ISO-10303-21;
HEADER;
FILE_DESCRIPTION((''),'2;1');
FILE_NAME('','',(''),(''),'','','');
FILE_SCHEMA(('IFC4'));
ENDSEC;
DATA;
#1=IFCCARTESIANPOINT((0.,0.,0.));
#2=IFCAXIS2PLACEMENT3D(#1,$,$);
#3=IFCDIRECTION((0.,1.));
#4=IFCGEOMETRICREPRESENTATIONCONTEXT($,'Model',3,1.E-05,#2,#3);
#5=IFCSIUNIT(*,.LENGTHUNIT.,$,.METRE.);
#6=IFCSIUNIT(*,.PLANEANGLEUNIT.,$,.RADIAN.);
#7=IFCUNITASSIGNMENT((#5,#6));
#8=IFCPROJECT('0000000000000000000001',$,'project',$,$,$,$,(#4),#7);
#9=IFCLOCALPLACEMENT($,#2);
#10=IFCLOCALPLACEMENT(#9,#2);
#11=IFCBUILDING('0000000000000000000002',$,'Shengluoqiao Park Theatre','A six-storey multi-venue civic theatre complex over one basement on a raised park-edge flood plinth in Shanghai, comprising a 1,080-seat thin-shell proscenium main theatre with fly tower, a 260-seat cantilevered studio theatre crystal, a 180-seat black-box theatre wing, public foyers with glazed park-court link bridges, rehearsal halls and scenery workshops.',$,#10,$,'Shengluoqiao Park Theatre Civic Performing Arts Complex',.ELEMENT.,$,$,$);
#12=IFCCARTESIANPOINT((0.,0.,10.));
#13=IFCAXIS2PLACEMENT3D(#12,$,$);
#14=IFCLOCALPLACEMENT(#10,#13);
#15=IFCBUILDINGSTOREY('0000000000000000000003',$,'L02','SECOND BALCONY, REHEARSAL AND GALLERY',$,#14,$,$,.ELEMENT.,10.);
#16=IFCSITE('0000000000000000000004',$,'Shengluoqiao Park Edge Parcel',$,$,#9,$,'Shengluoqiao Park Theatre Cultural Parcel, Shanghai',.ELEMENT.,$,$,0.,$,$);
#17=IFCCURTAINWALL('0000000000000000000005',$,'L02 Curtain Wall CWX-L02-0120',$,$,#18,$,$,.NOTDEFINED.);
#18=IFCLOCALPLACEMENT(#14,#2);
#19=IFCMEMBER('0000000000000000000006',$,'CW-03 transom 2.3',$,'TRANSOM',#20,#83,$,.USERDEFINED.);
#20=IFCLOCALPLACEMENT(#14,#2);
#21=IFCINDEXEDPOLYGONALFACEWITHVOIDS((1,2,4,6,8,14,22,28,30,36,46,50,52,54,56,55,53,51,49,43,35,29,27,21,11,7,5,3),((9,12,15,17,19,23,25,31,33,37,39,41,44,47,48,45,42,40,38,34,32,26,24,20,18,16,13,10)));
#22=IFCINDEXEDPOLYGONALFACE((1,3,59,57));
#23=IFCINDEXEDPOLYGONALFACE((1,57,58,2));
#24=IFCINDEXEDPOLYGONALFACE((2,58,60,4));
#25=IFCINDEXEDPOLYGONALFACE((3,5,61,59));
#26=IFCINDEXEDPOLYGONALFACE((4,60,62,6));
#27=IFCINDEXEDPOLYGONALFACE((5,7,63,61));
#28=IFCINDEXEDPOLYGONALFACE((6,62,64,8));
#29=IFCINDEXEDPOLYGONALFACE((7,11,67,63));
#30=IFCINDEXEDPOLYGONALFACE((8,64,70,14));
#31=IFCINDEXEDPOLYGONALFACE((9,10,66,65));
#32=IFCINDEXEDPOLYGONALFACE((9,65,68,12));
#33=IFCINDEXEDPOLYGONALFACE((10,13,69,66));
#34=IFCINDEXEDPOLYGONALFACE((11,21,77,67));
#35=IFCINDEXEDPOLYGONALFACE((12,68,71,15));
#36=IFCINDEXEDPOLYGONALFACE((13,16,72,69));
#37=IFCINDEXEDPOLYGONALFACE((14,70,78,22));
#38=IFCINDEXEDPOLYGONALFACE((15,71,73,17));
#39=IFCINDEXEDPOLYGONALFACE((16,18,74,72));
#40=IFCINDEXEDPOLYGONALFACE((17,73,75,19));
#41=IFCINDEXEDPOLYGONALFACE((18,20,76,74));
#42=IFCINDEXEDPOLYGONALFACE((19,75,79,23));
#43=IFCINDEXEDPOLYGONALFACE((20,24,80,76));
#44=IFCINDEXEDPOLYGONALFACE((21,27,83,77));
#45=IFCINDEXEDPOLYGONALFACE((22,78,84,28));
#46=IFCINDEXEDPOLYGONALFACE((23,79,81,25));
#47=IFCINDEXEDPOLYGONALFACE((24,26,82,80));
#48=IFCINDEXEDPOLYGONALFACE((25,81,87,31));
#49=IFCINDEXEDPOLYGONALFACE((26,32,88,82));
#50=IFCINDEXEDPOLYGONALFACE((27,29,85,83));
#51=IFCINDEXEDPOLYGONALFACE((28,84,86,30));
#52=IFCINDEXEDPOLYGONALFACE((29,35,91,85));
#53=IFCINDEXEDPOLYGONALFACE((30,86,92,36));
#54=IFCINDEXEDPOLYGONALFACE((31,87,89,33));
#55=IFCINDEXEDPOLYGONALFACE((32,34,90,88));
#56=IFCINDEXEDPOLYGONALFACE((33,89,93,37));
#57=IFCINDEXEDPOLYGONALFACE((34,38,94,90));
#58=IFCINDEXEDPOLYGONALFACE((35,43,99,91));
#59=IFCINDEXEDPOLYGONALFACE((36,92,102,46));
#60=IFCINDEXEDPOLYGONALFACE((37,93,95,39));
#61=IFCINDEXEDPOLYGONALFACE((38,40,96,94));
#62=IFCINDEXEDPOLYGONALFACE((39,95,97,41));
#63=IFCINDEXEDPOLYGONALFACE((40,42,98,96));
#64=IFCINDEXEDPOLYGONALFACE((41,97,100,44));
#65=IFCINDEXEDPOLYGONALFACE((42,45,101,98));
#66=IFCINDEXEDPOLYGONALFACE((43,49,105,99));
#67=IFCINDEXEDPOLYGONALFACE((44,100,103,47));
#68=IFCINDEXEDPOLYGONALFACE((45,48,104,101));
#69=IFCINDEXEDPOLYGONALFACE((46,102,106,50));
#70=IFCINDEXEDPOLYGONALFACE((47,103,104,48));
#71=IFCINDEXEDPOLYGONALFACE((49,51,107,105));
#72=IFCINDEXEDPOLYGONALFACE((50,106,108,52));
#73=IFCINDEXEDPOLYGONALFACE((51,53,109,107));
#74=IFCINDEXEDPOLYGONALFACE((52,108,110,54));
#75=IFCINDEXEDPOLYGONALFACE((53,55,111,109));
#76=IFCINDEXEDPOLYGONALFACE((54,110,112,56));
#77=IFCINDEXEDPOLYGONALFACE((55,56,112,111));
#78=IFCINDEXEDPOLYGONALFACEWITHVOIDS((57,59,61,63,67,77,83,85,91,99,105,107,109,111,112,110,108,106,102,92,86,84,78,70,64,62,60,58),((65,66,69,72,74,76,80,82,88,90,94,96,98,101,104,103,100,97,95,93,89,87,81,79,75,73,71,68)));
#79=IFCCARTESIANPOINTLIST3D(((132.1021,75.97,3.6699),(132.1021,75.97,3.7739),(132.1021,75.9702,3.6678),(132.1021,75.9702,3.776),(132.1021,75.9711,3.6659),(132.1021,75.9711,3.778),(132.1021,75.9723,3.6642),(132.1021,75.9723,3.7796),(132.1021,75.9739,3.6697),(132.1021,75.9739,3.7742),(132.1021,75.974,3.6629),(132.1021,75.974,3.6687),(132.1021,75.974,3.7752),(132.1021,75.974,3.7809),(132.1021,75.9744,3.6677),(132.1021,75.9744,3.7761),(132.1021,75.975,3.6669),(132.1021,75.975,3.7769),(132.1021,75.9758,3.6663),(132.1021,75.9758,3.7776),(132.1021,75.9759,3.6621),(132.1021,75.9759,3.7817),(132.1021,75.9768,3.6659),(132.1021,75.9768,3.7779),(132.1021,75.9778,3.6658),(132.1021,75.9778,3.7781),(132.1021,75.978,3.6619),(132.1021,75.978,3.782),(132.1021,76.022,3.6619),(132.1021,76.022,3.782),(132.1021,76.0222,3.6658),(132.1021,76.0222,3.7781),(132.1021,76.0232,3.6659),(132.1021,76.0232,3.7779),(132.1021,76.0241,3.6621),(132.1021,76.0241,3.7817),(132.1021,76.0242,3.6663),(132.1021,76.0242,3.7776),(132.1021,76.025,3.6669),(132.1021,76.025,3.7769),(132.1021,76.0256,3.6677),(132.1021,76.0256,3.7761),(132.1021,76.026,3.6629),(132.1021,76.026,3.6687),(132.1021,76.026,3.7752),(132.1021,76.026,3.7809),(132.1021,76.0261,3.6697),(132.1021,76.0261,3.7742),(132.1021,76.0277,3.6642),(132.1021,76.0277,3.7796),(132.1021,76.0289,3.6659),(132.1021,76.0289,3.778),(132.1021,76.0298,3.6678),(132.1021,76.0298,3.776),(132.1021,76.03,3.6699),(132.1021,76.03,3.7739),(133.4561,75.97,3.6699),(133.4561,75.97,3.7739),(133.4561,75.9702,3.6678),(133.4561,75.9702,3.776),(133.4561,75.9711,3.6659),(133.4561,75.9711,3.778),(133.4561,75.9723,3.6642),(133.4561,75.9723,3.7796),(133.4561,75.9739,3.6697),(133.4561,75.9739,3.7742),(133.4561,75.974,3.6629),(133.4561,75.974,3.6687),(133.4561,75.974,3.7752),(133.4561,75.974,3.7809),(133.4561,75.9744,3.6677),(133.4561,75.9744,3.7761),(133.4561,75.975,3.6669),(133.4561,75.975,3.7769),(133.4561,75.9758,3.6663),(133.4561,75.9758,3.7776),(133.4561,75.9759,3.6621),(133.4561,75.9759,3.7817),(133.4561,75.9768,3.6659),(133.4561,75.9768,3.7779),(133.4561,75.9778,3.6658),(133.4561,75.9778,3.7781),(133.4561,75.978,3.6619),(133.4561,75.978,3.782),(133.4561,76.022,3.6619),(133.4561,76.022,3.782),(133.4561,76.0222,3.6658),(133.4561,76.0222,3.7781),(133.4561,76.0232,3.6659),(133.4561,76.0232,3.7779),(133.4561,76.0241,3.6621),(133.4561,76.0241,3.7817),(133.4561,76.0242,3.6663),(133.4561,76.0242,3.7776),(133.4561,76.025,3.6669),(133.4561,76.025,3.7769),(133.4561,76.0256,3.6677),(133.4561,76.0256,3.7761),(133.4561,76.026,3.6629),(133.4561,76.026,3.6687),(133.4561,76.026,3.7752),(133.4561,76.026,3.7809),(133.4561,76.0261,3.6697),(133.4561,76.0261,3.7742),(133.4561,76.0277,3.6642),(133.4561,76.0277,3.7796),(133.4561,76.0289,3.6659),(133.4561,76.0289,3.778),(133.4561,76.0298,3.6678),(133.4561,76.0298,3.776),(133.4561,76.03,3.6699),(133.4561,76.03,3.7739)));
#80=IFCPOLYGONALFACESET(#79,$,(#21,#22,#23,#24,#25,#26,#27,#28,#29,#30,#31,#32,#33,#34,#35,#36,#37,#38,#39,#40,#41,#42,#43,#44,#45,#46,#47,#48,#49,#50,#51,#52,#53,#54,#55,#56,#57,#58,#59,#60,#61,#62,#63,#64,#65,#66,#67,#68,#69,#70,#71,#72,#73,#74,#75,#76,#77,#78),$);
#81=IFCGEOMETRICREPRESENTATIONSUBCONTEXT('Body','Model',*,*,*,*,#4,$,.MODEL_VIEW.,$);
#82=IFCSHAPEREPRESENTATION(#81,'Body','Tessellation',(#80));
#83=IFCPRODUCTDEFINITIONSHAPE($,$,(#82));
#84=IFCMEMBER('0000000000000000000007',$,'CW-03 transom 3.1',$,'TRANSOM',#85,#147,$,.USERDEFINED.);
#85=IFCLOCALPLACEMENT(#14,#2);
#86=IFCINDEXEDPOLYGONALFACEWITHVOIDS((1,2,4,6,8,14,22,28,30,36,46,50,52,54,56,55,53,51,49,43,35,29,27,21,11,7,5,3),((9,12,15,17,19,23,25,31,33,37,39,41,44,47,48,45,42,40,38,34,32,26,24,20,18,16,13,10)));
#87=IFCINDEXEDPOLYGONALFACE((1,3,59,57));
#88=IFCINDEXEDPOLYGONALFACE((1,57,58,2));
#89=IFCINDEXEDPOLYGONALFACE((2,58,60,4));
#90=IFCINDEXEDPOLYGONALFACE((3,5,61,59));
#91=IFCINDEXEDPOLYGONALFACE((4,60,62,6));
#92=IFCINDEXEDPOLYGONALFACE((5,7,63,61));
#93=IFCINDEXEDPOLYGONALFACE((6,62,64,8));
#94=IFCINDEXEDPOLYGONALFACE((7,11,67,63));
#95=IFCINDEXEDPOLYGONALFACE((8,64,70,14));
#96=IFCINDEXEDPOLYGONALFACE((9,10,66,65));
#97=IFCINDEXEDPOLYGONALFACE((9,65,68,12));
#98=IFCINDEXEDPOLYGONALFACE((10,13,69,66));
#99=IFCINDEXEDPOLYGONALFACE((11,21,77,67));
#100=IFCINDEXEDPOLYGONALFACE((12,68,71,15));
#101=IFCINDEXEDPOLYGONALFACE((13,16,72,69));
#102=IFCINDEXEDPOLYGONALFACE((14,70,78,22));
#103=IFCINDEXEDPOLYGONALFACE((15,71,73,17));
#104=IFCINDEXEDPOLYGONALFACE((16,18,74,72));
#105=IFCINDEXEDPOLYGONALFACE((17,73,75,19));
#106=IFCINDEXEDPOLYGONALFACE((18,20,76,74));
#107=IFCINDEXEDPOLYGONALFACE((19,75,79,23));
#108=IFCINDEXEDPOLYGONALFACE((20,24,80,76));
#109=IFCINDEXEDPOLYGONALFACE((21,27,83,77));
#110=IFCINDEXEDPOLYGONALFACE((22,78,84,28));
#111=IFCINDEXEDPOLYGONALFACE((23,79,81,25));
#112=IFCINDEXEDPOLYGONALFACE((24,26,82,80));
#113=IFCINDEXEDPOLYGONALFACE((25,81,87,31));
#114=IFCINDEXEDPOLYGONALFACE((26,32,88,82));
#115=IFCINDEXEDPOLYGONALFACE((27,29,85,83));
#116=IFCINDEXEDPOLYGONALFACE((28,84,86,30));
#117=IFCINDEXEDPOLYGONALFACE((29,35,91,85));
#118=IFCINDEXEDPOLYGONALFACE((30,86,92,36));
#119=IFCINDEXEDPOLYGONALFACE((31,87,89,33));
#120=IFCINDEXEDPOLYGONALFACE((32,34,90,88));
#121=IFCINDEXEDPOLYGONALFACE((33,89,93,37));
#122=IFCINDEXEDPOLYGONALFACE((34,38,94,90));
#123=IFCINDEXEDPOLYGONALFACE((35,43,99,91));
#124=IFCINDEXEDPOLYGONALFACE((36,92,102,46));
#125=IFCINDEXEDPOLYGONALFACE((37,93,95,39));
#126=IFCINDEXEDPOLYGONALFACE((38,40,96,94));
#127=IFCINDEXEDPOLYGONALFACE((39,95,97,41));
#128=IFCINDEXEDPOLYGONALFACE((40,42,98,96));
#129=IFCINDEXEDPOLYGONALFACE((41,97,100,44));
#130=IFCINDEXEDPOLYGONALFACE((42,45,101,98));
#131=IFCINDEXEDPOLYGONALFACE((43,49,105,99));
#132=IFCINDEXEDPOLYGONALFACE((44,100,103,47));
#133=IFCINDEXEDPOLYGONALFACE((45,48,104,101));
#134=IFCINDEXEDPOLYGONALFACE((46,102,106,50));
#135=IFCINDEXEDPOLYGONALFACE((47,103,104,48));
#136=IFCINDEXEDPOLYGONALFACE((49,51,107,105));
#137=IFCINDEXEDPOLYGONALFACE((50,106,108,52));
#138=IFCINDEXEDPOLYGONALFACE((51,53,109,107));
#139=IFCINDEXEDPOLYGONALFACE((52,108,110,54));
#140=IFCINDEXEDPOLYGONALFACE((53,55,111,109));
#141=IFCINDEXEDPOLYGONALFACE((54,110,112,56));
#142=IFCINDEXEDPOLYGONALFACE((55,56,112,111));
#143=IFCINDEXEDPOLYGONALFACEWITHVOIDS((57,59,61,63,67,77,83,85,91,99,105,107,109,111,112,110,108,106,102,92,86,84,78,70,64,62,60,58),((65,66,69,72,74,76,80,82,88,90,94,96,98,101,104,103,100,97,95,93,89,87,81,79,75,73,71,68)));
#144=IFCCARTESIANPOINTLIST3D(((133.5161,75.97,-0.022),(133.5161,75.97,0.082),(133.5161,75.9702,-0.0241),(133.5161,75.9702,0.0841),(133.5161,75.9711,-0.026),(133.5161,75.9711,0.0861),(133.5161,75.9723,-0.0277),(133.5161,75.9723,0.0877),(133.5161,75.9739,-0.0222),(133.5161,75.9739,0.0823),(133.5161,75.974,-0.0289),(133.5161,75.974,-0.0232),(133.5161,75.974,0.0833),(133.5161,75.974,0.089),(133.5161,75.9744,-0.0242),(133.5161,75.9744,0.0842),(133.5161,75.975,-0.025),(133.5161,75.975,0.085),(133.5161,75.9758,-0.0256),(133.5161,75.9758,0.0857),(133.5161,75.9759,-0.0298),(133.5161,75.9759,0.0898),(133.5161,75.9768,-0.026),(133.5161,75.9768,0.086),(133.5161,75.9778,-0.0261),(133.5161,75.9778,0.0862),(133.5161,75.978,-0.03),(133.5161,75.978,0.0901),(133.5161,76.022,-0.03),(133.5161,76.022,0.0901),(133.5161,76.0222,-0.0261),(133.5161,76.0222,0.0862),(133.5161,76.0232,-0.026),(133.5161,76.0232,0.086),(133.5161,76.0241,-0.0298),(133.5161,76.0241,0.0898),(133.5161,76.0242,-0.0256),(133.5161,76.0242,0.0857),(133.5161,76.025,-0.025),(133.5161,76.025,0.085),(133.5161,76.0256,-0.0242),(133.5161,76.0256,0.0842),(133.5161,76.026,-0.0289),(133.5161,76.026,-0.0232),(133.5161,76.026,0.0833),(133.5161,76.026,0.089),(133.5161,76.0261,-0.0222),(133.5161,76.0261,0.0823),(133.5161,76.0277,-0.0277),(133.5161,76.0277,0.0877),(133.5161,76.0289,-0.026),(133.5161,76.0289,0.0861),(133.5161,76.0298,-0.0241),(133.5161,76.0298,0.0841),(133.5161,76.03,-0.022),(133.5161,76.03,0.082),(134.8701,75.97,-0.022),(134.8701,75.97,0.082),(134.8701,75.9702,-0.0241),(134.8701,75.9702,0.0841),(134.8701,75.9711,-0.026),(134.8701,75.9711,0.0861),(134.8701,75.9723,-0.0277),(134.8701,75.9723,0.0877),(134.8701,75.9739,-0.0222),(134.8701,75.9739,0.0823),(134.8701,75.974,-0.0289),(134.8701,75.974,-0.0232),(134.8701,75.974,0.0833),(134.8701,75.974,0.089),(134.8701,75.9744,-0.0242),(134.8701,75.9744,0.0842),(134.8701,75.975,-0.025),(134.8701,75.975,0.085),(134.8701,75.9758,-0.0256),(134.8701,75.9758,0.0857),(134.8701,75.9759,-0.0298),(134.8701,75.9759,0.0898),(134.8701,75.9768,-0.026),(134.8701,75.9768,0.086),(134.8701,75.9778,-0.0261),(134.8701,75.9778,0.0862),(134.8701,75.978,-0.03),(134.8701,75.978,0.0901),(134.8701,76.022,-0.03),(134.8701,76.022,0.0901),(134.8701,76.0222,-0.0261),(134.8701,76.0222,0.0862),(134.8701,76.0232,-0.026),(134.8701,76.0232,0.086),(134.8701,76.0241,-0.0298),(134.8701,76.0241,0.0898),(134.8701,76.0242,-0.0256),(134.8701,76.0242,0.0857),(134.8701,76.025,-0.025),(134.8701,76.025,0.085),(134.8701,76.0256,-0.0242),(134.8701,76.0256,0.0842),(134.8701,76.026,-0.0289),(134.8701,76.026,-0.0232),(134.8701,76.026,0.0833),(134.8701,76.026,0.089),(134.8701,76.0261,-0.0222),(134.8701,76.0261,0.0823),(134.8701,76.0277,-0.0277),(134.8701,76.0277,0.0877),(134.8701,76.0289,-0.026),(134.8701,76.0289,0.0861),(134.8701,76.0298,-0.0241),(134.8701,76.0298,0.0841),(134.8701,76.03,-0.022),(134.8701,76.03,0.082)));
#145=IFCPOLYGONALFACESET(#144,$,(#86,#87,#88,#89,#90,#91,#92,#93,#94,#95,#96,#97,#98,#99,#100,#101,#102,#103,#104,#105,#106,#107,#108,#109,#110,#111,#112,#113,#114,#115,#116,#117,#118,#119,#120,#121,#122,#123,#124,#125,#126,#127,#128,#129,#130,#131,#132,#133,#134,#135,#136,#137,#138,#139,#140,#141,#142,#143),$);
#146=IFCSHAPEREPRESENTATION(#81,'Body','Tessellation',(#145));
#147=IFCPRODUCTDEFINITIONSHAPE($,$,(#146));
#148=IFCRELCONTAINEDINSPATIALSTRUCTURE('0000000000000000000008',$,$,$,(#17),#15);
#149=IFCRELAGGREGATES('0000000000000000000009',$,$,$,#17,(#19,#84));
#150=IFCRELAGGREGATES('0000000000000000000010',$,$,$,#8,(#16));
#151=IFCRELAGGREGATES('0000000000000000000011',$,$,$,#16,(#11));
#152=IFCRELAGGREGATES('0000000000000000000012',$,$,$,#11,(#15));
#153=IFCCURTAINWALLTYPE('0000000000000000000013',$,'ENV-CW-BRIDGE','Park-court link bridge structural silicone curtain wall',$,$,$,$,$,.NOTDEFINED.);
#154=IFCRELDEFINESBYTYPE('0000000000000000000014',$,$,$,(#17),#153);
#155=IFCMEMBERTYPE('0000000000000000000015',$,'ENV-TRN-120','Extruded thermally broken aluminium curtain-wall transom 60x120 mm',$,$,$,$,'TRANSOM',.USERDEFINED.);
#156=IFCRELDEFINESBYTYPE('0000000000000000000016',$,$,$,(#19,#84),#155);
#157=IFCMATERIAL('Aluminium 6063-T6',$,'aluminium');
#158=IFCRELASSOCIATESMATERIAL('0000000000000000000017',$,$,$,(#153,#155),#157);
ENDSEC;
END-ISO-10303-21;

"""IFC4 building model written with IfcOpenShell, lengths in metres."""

from ifc_helpers import new_model, si_unit, direction, frame, origin, origin_2d, place, context, subcontext, project, spatial, hollow_rectangle, extrude, material, material_profile, profile_set, type_object, element, aggregate, save


model = new_model("IFC4")

# Units and contexts
model_context = context("Model", 3, precision=1e-05, world=origin(), true_north=direction((0.0, 1.0)))
body_context = subcontext(model_context, "Body", "Model", "MODEL_VIEW")
ifc_project = project(units=[si_unit("LENGTHUNIT", "METRE"), si_unit("PLANEANGLEUNIT", "RADIAN")], contexts=[model_context])

# Site, building, storey
site_placement = place(None, origin())
site = spatial("IfcSite", under=ifc_project, at=site_placement, Name="Shengluoqiao Park Edge Parcel", LongName="Shengluoqiao Park Theatre Cultural Parcel, Shanghai", CompositionType="ELEMENT", RefElevation=0.0)
building_placement = place(site_placement, origin())
building = spatial("IfcBuilding", under=site, at=building_placement, Name="Shengluoqiao Park Theatre", Description="A six-storey multi-venue civic theatre complex over one basement on a raised park-edge flood plinth in Shanghai, comprising a 1,080-seat thin-shell proscenium main theatre with fly tower, a 260-seat cantilevered studio theatre crystal, a 180-seat black-box theatre wing, public foyers with glazed park-court link bridges, rehearsal halls and scenery workshops.", LongName="Shengluoqiao Park Theatre Civic Performing Arts Complex", CompositionType="ELEMENT")
storey_placement = place(building_placement, frame((0.0, 0.0, 10.0)))
storey = spatial("IfcBuildingStorey", under=building, at=storey_placement, Name="L02", Description="SECOND BALCONY, REHEARSAL AND GALLERY", CompositionType="ELEMENT", Elevation=10.0)

# Shared definitions
ifc_material_1 = material(Name="Aluminium 6063-T6", Category="aluminium")
curtain_wall_type = type_object("IfcCurtainWallType", Name="ENV-CW-BRIDGE", Description="Park-court link bridge structural silicone curtain wall", PredefinedType="NOTDEFINED", material=ifc_material_1)

# Curtain wall, members
curtain_wall_1_placement = place(storey_placement, origin())
curtain_wall_1 = element("IfcCurtainWall", 1, at=curtain_wall_1_placement, inside=storey, type_object=curtain_wall_type, Name="L02 Curtain Wall CWX-L02-0120", PredefinedType="NOTDEFINED")
ifc_material_profile_1 = material_profile(ifc_material_1, hollow_rectangle(XDim=0.0601, YDim=0.1201, WallThickness=0.0039, InnerFilletRadius=0.0039, OuterFilletRadius=0.0081, at=origin_2d()), Name="ALU TRANSOM 120x60x4")
ifc_profile_set_1 = profile_set([ifc_material_profile_1], Name="Aluminium 6063-T6")
member_type_1 = type_object("IfcMemberType", Name="ENV-TRN-120", Description="Extruded thermally broken aluminium curtain-wall transom 60x120 mm", ElementType="TRANSOM", PredefinedType="USERDEFINED", material=ifc_profile_set_1)
member_1_placement = place(storey_placement, frame((132.1021, 76.0, 3.7219), z_axis=(1.0, 0.0, 0.0), x_axis=(0.0, 1.0, 0.0)))
member_1 = element("IfcMember", 2, at=member_1_placement, type_object=member_type_1, Name="CW-03 transom 2.3", ObjectType="TRANSOM", PredefinedType="USERDEFINED", context=body_context, shape_type="SweptSolid", body=[
    extrude(hollow_rectangle(XDim=0.0601, YDim=0.1201, WallThickness=0.0039, InnerFilletRadius=0.0039, OuterFilletRadius=0.0081, at=origin_2d()), origin(), (0.0, 0.0, 1.0), 1.354),
])
member_2_placement = place(storey_placement, frame((133.5161, 76.0, 0.03), z_axis=(1.0, 0.0, 0.0), x_axis=(0.0, 1.0, 0.0)))
member_2 = element("IfcMember", 3, at=member_2_placement, type_object=member_type_1, Name="CW-03 transom 3.1", ObjectType="TRANSOM", PredefinedType="USERDEFINED", context=body_context, shape_type="SweptSolid", body=[
    extrude(hollow_rectangle(XDim=0.0601, YDim=0.1201, WallThickness=0.0039, InnerFilletRadius=0.0039, OuterFilletRadius=0.0081, at=origin_2d()), origin(), (0.0, 0.0, 1.0), 1.354),
])

aggregate(curtain_wall_1, [member_1, member_2])

save(model, "model.ifc")
